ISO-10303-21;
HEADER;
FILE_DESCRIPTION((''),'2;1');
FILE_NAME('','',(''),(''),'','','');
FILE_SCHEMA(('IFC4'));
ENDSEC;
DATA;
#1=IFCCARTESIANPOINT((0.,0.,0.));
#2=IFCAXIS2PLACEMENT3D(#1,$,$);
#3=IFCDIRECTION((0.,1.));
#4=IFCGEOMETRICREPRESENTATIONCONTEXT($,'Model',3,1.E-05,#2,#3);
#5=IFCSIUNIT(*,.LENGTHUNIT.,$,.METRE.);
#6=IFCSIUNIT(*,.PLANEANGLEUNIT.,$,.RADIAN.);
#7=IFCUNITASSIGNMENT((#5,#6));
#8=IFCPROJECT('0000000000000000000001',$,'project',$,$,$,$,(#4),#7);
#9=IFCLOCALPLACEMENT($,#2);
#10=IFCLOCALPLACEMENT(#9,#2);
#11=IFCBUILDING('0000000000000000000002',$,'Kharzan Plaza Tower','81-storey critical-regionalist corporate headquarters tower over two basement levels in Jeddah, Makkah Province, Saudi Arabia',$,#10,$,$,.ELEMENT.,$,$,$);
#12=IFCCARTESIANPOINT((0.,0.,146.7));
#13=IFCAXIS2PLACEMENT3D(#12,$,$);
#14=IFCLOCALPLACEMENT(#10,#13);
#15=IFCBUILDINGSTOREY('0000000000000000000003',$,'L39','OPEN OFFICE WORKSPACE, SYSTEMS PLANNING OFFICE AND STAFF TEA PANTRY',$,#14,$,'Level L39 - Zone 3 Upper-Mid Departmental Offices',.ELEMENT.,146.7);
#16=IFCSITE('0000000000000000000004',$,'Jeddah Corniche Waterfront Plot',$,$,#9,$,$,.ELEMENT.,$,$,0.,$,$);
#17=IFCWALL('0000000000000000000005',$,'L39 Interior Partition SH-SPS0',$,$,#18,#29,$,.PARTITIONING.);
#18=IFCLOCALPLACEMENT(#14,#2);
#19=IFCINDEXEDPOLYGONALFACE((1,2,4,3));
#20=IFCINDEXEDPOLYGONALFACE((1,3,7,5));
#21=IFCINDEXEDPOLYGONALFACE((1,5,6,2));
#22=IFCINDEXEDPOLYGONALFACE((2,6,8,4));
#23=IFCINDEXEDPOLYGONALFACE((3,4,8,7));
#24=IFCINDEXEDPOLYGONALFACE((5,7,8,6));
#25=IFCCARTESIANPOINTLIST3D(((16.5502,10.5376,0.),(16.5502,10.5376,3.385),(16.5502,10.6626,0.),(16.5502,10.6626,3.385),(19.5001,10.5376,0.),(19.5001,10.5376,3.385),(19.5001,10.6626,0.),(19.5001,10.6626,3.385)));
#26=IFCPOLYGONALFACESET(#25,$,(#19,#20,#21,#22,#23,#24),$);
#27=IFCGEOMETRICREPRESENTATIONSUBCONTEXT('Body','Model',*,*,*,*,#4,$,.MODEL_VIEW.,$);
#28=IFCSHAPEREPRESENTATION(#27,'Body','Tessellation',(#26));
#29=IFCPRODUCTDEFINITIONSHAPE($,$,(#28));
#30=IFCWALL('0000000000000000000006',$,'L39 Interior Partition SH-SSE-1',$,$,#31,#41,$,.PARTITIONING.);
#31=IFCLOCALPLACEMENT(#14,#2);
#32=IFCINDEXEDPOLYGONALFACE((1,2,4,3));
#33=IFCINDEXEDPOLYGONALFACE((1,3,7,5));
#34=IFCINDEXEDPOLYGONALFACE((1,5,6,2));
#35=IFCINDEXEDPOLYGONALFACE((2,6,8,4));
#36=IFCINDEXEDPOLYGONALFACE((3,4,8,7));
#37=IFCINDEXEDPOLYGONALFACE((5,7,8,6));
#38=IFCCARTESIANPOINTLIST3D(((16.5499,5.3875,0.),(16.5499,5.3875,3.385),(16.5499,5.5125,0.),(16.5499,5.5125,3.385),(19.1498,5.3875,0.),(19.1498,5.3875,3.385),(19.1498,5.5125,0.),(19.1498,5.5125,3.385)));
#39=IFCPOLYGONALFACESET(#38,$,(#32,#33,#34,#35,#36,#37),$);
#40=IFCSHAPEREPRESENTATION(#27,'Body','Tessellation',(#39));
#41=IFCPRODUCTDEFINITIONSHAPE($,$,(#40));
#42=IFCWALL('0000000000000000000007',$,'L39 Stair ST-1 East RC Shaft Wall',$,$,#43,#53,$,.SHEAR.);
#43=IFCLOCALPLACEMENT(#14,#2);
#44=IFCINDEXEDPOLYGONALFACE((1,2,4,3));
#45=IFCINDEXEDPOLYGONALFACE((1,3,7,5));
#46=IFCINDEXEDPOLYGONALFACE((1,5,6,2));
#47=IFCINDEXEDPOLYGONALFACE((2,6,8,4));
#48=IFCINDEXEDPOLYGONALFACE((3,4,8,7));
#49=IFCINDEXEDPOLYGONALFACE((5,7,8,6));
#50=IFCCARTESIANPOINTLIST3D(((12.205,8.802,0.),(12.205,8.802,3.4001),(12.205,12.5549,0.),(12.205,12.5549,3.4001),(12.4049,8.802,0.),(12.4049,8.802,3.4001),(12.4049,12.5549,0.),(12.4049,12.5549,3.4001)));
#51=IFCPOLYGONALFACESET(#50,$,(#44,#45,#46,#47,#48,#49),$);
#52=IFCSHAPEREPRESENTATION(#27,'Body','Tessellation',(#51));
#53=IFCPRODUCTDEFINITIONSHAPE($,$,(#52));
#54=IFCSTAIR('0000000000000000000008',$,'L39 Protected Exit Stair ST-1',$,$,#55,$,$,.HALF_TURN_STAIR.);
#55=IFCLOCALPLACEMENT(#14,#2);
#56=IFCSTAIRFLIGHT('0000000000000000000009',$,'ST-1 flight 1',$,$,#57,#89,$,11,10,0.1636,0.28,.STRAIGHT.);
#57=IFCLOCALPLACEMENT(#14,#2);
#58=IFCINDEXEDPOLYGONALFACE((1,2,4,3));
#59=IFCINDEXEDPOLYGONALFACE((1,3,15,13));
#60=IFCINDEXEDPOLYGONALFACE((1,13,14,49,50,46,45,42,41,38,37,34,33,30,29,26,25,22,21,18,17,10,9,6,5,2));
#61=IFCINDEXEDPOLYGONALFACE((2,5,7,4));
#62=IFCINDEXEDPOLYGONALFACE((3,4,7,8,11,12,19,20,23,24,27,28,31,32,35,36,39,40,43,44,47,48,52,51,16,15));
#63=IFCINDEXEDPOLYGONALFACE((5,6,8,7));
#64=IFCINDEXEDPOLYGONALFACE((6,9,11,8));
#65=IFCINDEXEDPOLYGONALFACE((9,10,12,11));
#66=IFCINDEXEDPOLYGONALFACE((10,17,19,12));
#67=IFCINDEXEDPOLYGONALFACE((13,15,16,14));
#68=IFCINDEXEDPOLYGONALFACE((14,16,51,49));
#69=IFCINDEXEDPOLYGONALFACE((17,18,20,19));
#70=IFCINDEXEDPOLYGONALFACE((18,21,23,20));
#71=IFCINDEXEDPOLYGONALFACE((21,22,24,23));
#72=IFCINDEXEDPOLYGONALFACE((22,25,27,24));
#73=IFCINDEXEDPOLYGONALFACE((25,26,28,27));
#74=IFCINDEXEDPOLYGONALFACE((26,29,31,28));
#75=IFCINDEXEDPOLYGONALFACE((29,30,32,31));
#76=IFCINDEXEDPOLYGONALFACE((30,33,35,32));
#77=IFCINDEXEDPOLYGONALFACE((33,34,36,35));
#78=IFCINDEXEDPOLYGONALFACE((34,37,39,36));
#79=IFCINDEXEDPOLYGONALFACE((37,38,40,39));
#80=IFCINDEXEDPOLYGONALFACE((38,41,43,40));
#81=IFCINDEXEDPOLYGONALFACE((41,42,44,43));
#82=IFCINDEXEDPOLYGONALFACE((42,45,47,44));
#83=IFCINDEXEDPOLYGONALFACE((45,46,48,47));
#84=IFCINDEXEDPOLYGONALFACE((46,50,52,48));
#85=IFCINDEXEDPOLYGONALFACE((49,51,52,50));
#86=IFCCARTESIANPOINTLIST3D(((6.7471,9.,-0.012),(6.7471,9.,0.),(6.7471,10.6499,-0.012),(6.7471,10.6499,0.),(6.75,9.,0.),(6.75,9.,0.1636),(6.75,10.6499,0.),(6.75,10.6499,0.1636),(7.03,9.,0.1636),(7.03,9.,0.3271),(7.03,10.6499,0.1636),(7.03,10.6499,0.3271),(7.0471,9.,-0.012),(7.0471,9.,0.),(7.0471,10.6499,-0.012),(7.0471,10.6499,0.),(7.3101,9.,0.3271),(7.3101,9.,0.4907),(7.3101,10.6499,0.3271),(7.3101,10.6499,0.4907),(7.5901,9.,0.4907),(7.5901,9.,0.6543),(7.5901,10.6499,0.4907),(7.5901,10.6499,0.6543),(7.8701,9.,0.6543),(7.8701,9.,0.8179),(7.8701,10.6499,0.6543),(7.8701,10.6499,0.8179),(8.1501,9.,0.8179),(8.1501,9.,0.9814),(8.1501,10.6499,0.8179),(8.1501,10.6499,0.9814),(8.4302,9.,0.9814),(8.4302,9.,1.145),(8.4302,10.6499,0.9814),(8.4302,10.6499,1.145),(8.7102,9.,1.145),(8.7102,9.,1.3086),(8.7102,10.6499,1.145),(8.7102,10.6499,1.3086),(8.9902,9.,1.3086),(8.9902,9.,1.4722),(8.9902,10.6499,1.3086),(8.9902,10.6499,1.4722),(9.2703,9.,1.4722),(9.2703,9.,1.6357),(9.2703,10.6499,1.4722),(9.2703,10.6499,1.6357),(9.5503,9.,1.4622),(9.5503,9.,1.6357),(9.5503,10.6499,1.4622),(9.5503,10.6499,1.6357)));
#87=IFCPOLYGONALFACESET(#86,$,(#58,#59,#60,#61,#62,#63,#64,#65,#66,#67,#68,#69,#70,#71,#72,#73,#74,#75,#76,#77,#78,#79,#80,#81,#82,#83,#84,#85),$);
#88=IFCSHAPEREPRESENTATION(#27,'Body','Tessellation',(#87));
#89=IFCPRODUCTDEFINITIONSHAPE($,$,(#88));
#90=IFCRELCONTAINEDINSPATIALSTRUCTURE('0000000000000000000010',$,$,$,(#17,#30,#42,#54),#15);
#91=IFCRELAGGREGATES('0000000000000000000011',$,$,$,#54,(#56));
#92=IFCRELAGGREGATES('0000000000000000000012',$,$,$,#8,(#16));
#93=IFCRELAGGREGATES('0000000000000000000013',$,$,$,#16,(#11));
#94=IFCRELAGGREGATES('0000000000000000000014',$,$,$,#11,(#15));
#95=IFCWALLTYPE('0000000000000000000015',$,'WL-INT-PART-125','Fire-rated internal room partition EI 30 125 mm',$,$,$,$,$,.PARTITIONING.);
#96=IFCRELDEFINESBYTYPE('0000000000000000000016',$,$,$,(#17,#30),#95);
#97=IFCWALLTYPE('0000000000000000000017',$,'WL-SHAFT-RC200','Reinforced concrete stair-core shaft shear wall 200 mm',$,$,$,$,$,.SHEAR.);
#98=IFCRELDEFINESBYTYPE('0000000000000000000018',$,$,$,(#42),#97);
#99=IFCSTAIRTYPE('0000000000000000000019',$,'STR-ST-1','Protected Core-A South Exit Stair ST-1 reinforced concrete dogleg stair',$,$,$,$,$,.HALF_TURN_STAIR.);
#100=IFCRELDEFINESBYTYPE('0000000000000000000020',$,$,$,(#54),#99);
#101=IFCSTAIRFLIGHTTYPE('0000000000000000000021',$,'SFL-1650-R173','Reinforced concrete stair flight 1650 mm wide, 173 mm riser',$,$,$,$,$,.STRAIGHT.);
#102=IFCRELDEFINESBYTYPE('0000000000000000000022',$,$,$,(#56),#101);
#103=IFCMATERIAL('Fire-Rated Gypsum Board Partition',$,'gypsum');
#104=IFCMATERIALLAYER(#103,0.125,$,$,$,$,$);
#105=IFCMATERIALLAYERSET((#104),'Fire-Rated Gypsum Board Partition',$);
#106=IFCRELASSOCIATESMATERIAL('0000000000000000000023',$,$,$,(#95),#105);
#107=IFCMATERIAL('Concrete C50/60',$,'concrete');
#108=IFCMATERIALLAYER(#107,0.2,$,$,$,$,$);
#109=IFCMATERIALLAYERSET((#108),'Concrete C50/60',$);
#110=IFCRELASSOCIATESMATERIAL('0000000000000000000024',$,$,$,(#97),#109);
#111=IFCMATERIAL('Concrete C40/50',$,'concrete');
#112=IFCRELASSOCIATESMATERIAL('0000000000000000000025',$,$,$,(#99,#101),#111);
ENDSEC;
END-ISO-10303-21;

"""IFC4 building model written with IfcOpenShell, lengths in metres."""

from ifc_helpers import new_model, si_unit, direction, frame, frame_2d, origin, place, context, subcontext, project, spatial, polyline, rectangle, outline, extrude, source, transform, mapped, material, layer, layer_set, type_object, element, aggregate, save


model = new_model("IFC4")

# Units and contexts
model_context = context("Model", 3, precision=1e-05, world=origin(), true_north=direction((0.0, 1.0)))
body_context = subcontext(model_context, "Body", "Model", "MODEL_VIEW")
ifc_project = project(units=[si_unit("LENGTHUNIT", "METRE"), si_unit("PLANEANGLEUNIT", "RADIAN")], contexts=[model_context])

# Site, building, storey
site_placement = place(None, origin())
site = spatial("IfcSite", under=ifc_project, at=site_placement, Name="Jeddah Corniche Waterfront Plot", CompositionType="ELEMENT", RefElevation=0.0)
building_placement = place(site_placement, origin())
building = spatial("IfcBuilding", under=site, at=building_placement, Name="Kharzan Plaza Tower", Description="81-storey critical-regionalist corporate headquarters tower over two basement levels in Jeddah, Makkah Province, Saudi Arabia", CompositionType="ELEMENT")
storey_placement = place(building_placement, frame((0.0, 0.0, 146.7)))
storey = spatial("IfcBuildingStorey", under=building, at=storey_placement, Name="L39", Description="OPEN OFFICE WORKSPACE, SYSTEMS PLANNING OFFICE AND STAFF TEA PANTRY", LongName="Level L39 - Zone 3 Upper-Mid Departmental Offices", CompositionType="ELEMENT", Elevation=146.7)

# Shared definitions
ifc_material_1 = material(Name="Concrete C50/60", Category="concrete")

# Shared definitions
ifc_material_2 = material(Name="Concrete C40/50", Category="concrete")

# Shared definitions
ifc_material_3 = material(Name="Fire-Rated Gypsum Board Partition", Category="gypsum")
ifc_layer_1 = layer(ifc_material_3, 0.125)
ifc_layer_set_1 = layer_set([ifc_layer_1], Name="Fire-Rated Gypsum Board Partition")
wall_type_1 = type_object("IfcWallType", Name="WL-INT-PART-125", Description="Fire-rated internal room partition EI 30 125 mm", PredefinedType="PARTITIONING", material=ifc_layer_set_1)

# Walls
shared_shape_1 = source(origin(), body_context, "Body", "SweptSolid", [
    extrude(rectangle(XDim=2.95, YDim=0.125, at=frame_2d((1.4751, 0.0))), origin(), (0.0, 0.0, 1.0), 3.385),
])
wall_1_placement = place(storey_placement, frame((16.55, 10.6001, 0.0), z_axis=(0.0, 0.0, 1.0), x_axis=(1.0, 0.0, 0.0)))
element("IfcWall", 1, at=wall_1_placement, inside=storey, type_object=wall_type_1, Name="L39 Interior Partition SH-SPS0", PredefinedType="PARTITIONING", context=body_context, shape_type="MappedRepresentation", body=[
    mapped(shared_shape_1, transform((0.0, 0.0, 0.0), x_axis=(1.0, 0.0, 0.0), y_axis=(0.0, 1.0, 0.0), z_axis=(0.0, 0.0, 1.0))),
])
shared_shape_2 = source(origin(), body_context, "Body", "SweptSolid", [
    extrude(rectangle(XDim=2.5999, YDim=0.125, at=frame_2d((1.2998, 0.0))), origin(), (0.0, 0.0, 1.0), 3.385),
])
wall_2_placement = place(storey_placement, frame((16.55, 5.45, 0.0), z_axis=(0.0, 0.0, 1.0), x_axis=(1.0, 0.0, 0.0)))
element("IfcWall", 2, at=wall_2_placement, inside=storey, type_object=wall_type_1, Name="L39 Interior Partition SH-SSE-1", PredefinedType="PARTITIONING", context=body_context, shape_type="MappedRepresentation", body=[
    mapped(shared_shape_2, transform((0.0, 0.0, 0.0), x_axis=(1.0, 0.0, 0.0), y_axis=(0.0, 1.0, 0.0), z_axis=(0.0, 0.0, 1.0))),
])
ifc_layer_2 = layer(ifc_material_1, 0.2)
ifc_layer_set_2 = layer_set([ifc_layer_2], Name="Concrete C50/60")
wall_type_2 = type_object("IfcWallType", Name="WL-SHAFT-RC200", Description="Reinforced concrete stair-core shaft shear wall 200 mm", PredefinedType="SHEAR", material=ifc_layer_set_2)
shared_shape_3 = source(origin(), body_context, "Body", "SweptSolid", [
    extrude(rectangle(XDim=3.7529, YDim=0.2, at=frame_2d((1.8765, 0.0))), origin(), (0.0, 0.0, 1.0), 3.4001),
])
wall_3_placement = place(storey_placement, frame((12.3049, 8.802, 0.0), z_axis=(0.0, 0.0, 1.0), x_axis=(0.0, 1.0, 0.0)))
element("IfcWall", 3, at=wall_3_placement, inside=storey, type_object=wall_type_2, Name="L39 Stair ST-1 East RC Shaft Wall", PredefinedType="SHEAR", context=body_context, shape_type="MappedRepresentation", body=[
    mapped(shared_shape_3, transform((0.0, 0.0, 0.0), x_axis=(1.0, 0.0, 0.0), y_axis=(0.0, 1.0, 0.0), z_axis=(0.0, 0.0, 1.0))),
])

# Stair, stair flight
stair_type = type_object("IfcStairType", Name="STR-ST-1", Description="Protected Core-A South Exit Stair ST-1 reinforced concrete dogleg stair", PredefinedType="HALF_TURN_STAIR", material=ifc_material_2)
stair_placement = place(storey_placement, origin())
stair = element("IfcStair", 4, at=stair_placement, inside=storey, type_object=stair_type, Name="L39 Protected Exit Stair ST-1", PredefinedType="HALF_TURN_STAIR")
stair_flight_type = type_object("IfcStairFlightType", Name="SFL-1650-R173", Description="Reinforced concrete stair flight 1650 mm wide, 173 mm riser", PredefinedType="STRAIGHT", material=ifc_material_2)
shared_shape_4 = source(origin(), body_context, "Body", "SweptSolid", [
    extrude(outline(polyline([(-0.0029, -0.012), (-0.0029, 0.0), (0.0, 0.0), (0.0, 0.1636), (0.28, 0.1636), (0.28, 0.3271), (0.5601, 0.3271), (0.5601, 0.4907), (0.8401, 0.4907), (0.8401, 0.6543), (1.1201, 0.6543), (1.1201, 0.8179), (1.4001, 0.8179), (1.4001, 0.9814), (1.6802, 0.9814), (1.6802, 1.145), (1.9602, 1.145), (1.9602, 1.3086), (2.2402, 1.3086), (2.2402, 1.4722), (2.5203, 1.4722), (2.5203, 1.6357), (2.8003, 1.6357), (2.8003, 1.7993), (2.8003, 1.4622), (0.2971, 0.0), (0.2971, -0.012), (-0.0029, -0.012)])), frame((0.0, 0.825, 0.0), z_axis=(0.0, -1.0, 0.0), x_axis=(1.0, 0.0, 0.0)), (0.0, 0.0, 1.0), 1.6499),
])
stair_flight_placement = place(storey_placement, frame((6.75, 9.825, 0.0), z_axis=(0.0, 0.0, 1.0), x_axis=(1.0, 0.0, 0.0)))
stair_flight = element("IfcStairFlight", 5, at=stair_flight_placement, type_object=stair_flight_type, Name="ST-1 flight 1", NumberOfRisers=11, NumberOfTreads=10, PredefinedType="STRAIGHT", RiserHeight=0.1636, TreadLength=0.28, context=body_context, shape_type="MappedRepresentation", body=[
    mapped(shared_shape_4, transform((0.0, 0.0, 0.0), x_axis=(1.0, 0.0, 0.0), y_axis=(0.0, 1.0, 0.0), z_axis=(0.0, 0.0, 1.0))),
])
aggregate(stair, [stair_flight])

save(model, "model.ifc")
